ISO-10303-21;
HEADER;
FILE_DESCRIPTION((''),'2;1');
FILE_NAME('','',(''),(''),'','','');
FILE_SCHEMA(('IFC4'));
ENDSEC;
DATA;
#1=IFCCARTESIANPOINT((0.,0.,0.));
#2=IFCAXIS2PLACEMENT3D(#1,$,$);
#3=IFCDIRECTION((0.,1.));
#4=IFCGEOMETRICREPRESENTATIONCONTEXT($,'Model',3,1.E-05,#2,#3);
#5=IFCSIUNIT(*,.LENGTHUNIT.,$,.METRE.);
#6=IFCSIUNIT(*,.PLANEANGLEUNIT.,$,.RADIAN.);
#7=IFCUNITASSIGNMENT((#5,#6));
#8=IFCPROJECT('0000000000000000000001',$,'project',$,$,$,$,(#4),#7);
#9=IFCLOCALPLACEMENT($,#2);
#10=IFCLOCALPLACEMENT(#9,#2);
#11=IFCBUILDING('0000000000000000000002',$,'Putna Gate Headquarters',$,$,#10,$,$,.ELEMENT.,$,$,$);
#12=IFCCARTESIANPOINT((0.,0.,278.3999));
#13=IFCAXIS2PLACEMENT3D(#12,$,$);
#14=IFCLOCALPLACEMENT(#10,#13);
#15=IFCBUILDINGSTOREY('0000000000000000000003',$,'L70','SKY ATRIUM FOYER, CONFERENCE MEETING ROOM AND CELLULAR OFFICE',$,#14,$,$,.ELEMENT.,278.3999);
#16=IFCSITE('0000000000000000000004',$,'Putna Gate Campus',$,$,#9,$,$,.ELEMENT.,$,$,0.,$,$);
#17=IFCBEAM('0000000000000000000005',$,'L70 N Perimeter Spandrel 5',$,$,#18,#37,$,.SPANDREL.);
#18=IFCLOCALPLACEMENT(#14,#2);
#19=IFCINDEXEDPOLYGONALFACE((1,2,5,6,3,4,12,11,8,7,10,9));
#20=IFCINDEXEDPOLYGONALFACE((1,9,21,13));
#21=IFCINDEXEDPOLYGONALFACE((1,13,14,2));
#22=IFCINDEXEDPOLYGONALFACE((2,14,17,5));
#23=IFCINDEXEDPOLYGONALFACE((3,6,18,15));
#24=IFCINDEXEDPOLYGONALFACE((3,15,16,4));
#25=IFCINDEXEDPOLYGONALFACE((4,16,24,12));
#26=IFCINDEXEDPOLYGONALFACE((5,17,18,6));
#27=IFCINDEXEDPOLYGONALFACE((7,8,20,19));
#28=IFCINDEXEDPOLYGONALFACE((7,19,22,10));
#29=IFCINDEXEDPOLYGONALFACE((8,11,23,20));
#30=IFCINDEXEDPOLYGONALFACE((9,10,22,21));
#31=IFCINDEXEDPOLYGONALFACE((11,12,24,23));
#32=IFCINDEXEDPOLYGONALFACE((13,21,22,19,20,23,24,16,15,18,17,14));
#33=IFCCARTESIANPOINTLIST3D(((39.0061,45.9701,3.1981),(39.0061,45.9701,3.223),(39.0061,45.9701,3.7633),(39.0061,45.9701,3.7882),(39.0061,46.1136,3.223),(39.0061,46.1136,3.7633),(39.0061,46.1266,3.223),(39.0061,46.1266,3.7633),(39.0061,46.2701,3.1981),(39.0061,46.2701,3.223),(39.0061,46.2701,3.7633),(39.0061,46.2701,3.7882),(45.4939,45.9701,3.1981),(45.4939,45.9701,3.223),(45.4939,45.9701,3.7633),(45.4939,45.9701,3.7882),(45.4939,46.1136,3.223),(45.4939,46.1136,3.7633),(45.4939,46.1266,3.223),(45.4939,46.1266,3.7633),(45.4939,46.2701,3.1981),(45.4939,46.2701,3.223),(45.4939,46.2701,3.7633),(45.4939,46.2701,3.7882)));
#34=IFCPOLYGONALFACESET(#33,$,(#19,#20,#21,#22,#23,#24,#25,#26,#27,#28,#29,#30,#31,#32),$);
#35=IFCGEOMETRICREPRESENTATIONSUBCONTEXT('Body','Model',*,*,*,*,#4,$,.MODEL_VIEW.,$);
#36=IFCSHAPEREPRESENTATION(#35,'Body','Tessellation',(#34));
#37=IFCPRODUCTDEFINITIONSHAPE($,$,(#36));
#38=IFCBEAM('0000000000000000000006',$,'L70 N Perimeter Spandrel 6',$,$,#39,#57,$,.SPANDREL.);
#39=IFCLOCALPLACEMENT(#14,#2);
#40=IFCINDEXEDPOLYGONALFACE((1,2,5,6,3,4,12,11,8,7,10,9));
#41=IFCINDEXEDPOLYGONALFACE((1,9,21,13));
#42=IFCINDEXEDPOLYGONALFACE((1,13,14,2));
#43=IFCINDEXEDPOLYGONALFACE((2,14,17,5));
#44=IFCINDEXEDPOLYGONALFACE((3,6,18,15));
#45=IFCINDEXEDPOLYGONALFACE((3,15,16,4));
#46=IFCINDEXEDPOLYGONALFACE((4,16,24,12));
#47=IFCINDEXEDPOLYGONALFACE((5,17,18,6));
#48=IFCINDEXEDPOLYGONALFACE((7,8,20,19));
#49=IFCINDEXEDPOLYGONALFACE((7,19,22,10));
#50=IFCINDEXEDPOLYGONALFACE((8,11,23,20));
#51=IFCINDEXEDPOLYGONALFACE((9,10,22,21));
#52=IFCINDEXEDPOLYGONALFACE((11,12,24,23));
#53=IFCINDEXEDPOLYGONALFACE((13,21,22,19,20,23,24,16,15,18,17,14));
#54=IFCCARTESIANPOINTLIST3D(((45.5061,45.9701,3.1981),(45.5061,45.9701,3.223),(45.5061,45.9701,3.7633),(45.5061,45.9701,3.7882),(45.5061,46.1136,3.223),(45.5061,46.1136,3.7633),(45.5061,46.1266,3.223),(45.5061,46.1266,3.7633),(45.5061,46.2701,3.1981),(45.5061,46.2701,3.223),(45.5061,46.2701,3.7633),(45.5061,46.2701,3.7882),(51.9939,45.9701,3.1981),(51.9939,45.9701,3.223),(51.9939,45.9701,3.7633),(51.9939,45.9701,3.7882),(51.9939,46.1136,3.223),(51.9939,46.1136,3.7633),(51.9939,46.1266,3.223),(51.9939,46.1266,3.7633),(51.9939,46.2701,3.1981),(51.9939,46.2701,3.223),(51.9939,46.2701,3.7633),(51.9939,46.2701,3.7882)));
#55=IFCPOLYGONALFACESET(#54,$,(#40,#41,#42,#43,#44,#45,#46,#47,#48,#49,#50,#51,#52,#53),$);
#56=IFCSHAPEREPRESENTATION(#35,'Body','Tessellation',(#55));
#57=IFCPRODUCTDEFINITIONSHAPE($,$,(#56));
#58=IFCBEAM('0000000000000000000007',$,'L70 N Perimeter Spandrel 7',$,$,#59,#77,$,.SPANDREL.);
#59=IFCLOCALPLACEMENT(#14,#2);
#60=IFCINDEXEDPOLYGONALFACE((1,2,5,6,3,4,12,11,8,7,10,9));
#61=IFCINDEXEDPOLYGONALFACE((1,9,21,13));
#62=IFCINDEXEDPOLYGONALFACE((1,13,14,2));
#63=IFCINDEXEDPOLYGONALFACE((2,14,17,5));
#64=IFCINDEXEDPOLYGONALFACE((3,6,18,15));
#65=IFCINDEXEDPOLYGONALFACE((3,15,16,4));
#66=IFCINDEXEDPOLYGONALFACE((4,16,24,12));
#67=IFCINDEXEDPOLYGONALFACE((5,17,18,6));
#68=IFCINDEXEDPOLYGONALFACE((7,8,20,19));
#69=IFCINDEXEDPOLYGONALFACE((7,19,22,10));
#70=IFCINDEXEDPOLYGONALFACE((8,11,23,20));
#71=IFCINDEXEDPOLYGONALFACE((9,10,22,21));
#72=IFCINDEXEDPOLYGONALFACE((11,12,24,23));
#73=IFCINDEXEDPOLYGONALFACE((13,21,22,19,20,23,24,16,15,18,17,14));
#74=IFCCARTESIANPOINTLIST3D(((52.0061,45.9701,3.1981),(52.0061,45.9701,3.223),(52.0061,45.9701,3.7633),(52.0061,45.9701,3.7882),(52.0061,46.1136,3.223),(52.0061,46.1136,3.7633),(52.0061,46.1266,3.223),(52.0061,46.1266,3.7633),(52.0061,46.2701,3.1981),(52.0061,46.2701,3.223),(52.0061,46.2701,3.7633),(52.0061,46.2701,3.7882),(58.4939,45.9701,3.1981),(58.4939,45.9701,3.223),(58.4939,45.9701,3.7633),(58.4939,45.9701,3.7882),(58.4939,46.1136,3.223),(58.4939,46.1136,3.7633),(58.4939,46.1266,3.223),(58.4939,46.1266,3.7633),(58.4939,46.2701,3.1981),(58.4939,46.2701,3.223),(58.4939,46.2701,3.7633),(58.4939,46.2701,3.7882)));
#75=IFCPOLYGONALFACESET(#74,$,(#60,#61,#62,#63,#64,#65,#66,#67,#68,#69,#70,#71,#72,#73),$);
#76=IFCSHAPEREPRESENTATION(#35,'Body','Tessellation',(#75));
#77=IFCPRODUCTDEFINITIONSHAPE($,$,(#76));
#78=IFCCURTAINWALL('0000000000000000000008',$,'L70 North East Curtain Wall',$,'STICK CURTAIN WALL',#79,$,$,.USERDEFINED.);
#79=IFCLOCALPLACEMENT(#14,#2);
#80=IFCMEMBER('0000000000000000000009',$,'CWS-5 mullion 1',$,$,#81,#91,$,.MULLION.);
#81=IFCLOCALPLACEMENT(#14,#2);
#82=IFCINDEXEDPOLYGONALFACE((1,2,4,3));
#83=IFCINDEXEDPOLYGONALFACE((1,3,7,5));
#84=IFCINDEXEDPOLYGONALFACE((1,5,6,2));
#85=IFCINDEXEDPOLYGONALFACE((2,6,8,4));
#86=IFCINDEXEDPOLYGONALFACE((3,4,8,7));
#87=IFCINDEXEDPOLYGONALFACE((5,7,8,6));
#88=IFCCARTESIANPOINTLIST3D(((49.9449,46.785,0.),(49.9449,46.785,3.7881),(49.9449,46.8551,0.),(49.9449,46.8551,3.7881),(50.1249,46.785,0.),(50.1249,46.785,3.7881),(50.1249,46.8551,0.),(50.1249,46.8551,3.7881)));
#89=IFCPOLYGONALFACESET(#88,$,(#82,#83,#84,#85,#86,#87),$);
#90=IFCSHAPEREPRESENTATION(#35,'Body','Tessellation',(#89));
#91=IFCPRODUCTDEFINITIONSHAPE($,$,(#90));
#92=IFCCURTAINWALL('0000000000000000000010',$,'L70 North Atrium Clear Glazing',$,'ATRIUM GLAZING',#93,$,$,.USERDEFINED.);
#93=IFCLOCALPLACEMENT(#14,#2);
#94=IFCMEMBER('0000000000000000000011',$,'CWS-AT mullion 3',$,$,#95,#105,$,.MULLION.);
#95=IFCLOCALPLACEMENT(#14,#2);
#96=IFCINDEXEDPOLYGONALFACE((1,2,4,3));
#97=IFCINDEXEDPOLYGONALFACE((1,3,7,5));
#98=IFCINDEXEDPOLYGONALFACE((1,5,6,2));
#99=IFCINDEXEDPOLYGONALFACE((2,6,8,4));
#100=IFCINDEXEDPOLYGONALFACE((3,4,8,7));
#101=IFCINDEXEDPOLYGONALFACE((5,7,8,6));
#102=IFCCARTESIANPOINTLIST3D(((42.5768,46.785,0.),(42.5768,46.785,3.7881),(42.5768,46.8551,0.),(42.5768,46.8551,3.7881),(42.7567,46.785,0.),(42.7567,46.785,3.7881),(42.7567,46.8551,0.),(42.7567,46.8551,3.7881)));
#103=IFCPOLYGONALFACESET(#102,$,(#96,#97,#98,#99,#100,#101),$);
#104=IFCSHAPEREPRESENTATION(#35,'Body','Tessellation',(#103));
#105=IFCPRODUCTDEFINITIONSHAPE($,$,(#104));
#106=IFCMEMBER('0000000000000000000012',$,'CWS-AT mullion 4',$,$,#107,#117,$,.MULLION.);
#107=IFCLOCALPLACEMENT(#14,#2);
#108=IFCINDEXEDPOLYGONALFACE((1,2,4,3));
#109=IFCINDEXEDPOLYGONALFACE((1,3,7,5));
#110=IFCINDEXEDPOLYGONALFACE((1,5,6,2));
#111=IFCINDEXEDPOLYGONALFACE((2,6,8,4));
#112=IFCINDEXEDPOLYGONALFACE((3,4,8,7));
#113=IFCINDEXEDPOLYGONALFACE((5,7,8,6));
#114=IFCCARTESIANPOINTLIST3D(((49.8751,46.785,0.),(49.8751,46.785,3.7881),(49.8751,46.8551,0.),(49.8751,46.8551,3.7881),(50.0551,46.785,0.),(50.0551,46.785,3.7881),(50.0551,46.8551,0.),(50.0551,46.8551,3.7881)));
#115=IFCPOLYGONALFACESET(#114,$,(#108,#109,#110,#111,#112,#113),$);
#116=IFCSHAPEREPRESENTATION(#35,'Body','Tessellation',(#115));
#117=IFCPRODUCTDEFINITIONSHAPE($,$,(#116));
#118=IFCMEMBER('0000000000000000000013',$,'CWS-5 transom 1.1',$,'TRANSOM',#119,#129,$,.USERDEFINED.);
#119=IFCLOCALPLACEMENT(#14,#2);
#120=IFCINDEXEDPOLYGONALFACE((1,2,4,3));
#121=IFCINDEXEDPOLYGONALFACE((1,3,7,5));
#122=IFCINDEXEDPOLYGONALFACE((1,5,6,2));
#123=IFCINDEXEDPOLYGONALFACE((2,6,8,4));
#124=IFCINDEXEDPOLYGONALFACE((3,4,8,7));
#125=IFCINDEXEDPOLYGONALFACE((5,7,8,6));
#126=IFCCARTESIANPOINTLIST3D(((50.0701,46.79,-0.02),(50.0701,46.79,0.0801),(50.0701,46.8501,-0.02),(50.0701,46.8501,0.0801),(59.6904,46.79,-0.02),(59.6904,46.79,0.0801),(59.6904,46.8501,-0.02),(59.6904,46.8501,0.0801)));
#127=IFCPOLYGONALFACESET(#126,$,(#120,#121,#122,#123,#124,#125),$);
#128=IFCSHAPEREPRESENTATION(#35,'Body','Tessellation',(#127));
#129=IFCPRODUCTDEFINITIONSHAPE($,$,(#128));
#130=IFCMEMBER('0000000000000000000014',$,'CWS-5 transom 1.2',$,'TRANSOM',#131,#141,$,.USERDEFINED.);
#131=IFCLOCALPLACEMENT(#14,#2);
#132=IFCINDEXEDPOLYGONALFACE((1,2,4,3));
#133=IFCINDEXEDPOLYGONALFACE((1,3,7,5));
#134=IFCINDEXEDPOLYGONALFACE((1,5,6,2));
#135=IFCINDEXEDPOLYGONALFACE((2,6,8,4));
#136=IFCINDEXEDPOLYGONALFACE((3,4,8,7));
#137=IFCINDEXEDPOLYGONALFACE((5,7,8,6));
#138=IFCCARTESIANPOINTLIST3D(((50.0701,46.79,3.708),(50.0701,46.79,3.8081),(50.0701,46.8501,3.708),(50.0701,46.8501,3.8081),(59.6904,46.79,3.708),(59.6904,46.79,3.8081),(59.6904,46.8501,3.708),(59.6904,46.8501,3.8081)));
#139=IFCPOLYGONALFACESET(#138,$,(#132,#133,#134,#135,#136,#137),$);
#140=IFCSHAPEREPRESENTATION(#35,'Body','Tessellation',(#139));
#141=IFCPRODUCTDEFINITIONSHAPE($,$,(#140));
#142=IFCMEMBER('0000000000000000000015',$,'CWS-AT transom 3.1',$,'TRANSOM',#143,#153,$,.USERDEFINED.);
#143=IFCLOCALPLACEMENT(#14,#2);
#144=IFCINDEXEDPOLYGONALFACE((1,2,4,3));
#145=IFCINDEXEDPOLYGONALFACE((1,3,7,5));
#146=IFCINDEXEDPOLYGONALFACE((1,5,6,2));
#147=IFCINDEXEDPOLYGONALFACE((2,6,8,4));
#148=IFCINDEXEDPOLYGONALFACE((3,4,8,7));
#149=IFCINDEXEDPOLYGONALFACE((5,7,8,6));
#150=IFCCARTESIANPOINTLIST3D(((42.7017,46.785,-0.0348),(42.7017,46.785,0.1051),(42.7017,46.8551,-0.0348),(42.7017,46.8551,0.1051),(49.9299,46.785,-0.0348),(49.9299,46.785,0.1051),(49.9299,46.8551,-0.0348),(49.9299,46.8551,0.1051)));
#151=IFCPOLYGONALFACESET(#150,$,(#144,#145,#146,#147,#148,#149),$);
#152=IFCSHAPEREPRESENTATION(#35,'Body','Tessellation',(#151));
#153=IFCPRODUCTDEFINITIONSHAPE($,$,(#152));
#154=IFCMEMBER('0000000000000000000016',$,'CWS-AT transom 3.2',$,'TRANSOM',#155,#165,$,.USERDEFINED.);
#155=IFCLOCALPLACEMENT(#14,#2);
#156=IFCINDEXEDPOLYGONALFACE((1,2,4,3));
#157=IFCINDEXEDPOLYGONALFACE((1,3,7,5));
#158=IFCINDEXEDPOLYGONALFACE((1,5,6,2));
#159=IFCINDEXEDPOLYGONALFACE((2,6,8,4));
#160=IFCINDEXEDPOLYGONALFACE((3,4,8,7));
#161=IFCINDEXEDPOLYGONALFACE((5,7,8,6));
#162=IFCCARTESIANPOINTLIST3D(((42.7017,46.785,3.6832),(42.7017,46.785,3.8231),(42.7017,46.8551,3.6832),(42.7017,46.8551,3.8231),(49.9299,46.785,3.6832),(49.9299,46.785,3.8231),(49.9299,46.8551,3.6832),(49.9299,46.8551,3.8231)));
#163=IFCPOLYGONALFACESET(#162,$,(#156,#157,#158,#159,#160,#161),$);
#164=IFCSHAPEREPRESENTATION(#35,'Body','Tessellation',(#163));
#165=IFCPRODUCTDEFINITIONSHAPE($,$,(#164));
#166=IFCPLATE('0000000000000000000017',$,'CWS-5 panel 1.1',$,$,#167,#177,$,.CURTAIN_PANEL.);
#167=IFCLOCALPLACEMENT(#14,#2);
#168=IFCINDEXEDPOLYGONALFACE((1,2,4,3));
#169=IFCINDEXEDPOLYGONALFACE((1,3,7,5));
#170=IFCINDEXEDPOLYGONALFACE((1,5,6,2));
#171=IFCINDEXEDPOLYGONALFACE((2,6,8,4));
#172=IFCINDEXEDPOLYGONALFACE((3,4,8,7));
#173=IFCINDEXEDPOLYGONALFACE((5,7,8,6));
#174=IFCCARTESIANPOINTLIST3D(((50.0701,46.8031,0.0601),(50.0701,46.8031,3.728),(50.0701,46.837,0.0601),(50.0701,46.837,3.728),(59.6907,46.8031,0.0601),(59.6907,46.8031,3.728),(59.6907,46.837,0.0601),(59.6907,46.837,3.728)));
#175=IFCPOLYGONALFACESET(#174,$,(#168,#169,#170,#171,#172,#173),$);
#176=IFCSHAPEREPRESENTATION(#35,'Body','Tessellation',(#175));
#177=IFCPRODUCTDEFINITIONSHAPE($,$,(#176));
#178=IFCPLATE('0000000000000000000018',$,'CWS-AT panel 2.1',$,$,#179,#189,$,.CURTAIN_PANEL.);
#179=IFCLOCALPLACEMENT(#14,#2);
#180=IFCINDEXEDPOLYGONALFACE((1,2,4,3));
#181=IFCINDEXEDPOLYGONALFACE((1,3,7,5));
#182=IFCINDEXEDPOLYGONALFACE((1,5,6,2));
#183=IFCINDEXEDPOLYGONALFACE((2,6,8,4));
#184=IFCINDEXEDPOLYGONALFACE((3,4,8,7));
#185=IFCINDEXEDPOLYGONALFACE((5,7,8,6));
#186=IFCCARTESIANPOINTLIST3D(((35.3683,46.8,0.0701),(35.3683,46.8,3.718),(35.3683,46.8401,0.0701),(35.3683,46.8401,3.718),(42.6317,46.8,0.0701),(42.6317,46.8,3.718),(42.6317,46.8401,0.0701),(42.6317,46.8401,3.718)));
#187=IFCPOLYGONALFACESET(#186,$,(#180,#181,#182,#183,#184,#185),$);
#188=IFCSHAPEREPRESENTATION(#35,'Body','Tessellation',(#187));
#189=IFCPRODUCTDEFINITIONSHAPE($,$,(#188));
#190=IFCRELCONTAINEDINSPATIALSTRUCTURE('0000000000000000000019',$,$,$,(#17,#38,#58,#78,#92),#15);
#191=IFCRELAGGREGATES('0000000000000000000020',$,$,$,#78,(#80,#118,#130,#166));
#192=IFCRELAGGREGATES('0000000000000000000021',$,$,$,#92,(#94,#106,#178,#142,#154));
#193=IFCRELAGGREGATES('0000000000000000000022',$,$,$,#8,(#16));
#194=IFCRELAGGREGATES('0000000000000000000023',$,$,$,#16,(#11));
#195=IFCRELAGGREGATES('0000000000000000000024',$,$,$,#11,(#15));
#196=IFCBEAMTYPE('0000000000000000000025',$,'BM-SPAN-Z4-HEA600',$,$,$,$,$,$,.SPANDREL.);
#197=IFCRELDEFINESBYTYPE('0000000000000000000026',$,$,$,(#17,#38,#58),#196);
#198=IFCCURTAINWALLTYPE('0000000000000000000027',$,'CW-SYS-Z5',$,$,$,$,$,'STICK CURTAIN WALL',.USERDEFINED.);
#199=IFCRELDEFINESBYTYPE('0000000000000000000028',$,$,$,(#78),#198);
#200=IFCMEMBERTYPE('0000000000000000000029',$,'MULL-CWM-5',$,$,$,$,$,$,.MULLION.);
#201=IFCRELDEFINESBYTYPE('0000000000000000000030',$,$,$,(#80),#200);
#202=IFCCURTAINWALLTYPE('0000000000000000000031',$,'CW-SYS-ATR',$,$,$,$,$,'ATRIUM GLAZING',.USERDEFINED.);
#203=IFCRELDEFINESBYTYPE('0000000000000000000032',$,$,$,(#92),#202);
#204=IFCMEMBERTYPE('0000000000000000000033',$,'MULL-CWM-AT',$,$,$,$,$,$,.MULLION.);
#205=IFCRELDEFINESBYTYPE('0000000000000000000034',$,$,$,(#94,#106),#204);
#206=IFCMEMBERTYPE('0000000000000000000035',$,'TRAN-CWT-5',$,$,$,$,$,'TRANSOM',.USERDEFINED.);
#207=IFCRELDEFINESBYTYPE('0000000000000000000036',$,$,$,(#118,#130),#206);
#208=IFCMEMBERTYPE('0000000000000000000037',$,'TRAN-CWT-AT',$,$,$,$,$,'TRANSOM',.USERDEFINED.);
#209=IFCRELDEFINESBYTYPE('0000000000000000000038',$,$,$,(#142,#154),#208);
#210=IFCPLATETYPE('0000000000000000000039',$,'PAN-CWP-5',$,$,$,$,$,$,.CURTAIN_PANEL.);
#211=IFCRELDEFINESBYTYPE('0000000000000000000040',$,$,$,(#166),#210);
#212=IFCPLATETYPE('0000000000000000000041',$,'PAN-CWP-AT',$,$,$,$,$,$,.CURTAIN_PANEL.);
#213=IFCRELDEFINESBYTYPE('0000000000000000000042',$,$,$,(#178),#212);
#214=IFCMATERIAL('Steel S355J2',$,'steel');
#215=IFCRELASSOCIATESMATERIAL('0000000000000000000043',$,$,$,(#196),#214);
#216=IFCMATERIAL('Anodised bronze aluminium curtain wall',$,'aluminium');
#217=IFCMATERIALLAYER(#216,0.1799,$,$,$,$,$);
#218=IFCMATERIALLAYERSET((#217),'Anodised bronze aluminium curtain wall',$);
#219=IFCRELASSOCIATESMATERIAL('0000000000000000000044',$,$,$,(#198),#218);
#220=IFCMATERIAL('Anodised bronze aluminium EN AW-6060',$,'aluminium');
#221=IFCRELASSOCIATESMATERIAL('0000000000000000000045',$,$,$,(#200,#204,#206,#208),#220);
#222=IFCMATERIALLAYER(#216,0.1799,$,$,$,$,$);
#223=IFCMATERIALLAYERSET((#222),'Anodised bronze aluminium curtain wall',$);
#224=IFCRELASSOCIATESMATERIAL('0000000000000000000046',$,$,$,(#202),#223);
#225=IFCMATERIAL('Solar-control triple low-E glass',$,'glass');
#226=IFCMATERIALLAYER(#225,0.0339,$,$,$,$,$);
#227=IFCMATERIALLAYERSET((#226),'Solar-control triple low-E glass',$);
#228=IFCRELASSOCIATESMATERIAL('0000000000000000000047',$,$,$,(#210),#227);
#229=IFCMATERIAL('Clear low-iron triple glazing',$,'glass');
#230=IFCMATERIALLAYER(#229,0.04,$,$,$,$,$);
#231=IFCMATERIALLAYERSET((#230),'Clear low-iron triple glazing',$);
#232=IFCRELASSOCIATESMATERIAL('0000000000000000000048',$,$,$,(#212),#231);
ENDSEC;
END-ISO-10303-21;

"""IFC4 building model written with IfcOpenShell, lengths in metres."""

from ifc_helpers import new_model, si_unit, direction, frame, origin, origin_2d, place, context, subcontext, project, spatial, rectangle, i_section, extrude, material, layer, layer_set, material_profile, profile_set, type_object, element, aggregate, save


model = new_model("IFC4")

# Units and contexts
model_context = context("Model", 3, precision=1e-05, world=origin(), true_north=direction((0.0, 1.0)))
body_context = subcontext(model_context, "Body", "Model", "MODEL_VIEW")
ifc_project = project(units=[si_unit("LENGTHUNIT", "METRE"), si_unit("PLANEANGLEUNIT", "RADIAN")], contexts=[model_context])

# Site, building, storey
site_placement = place(None, origin())
site = spatial("IfcSite", under=ifc_project, at=site_placement, Name="Putna Gate Campus", CompositionType="ELEMENT", RefElevation=0.0)
building_placement = place(site_placement, origin())
building = spatial("IfcBuilding", under=site, at=building_placement, Name="Putna Gate Headquarters", CompositionType="ELEMENT")
storey_placement = place(building_placement, frame((0.0, 0.0, 278.3999)))
storey = spatial("IfcBuildingStorey", under=building, at=storey_placement, Name="L70", Description="SKY ATRIUM FOYER, CONFERENCE MEETING ROOM AND CELLULAR OFFICE", CompositionType="ELEMENT", Elevation=278.3999)

# Beams
ifc_material_1 = material(Name="Steel S355J2", Category="steel")
ifc_material_profile_1 = material_profile(ifc_material_1, i_section(OverallWidth=0.3, OverallDepth=0.5901, WebThickness=0.0129, FlangeThickness=0.0249, at=origin_2d()), Name="Steel S355J2")
ifc_profile_set_1 = profile_set([ifc_material_profile_1], Name="Steel S355J2")
beam_type_1 = type_object("IfcBeamType", Name="BM-SPAN-Z4-HEA600", PredefinedType="SPANDREL", material=ifc_profile_set_1)
for number, where, z_axis, x_axis, name in (
    (1, (39.0061, 46.1201, 3.4932), (1.0, 0.0, 0.0), (0.0, 1.0, 0.0), "L70 N Perimeter Spandrel 5"),
    (2, (45.5061, 46.1201, 3.4932), (1.0, 0.0, 0.0), (0.0, 1.0, 0.0), "L70 N Perimeter Spandrel 6"),
    (3, (52.0061, 46.1201, 3.4932), (1.0, 0.0, 0.0), (0.0, 1.0, 0.0), "L70 N Perimeter Spandrel 7"),
):
    element("IfcBeam", number, at=place(storey_placement, frame(where, z_axis=z_axis, x_axis=x_axis)), inside=storey, type_object=beam_type_1, Name=name, PredefinedType="SPANDREL", context=body_context, shape_type="SweptSolid", body=[
        extrude(i_section(OverallWidth=0.3, OverallDepth=0.5901, WebThickness=0.0129, FlangeThickness=0.0249, at=origin_2d()), origin(), (0.0, 0.0, 1.0), 6.4878),
    ])

# Curtain wall, member
ifc_material_2 = material(Name="Anodised bronze aluminium curtain wall", Category="aluminium")
ifc_layer_1 = layer(ifc_material_2, 0.1799)
ifc_layer_set_1 = layer_set([ifc_layer_1], Name="Anodised bronze aluminium curtain wall")
curtain_wall_type_1 = type_object("IfcCurtainWallType", Name="CW-SYS-Z5", ElementType="STICK CURTAIN WALL", PredefinedType="USERDEFINED", material=ifc_layer_set_1)
curtain_wall_1_placement = place(storey_placement, origin())
curtain_wall_1 = element("IfcCurtainWall", 4, at=curtain_wall_1_placement, inside=storey, type_object=curtain_wall_type_1, Name="L70 North East Curtain Wall", ObjectType="STICK CURTAIN WALL", PredefinedType="USERDEFINED")
ifc_material_3 = material(Name="Anodised bronze aluminium EN AW-6060", Category="aluminium")
ifc_material_profile_2 = material_profile(ifc_material_3, rectangle(XDim=0.0701, YDim=0.1799, at=origin_2d()), Name="Anodised bronze aluminium EN AW-6060")
ifc_profile_set_2 = profile_set([ifc_material_profile_2], Name="Anodised bronze aluminium EN AW-6060")
member_type_1 = type_object("IfcMemberType", Name="MULL-CWM-5", PredefinedType="MULLION", material=ifc_profile_set_2)
member_1_placement = place(storey_placement, frame((50.0349, 46.8201, 0.0), z_axis=(0.0, 0.0, 1.0), x_axis=(0.0, 1.0, 0.0)))
member_1 = element("IfcMember", 5, at=member_1_placement, type_object=member_type_1, Name="CWS-5 mullion 1", PredefinedType="MULLION", context=body_context, shape_type="SweptSolid", body=[
    extrude(rectangle(XDim=0.0701, YDim=0.1799, at=origin_2d()), origin(), (0.0, 0.0, 1.0), 3.7881),
])

# Curtain wall, members
ifc_layer_2 = layer(ifc_material_2, 0.1799)
ifc_layer_set_2 = layer_set([ifc_layer_2], Name="Anodised bronze aluminium curtain wall")
curtain_wall_type_2 = type_object("IfcCurtainWallType", Name="CW-SYS-ATR", ElementType="ATRIUM GLAZING", PredefinedType="USERDEFINED", material=ifc_layer_set_2)
curtain_wall_2_placement = place(storey_placement, origin())
curtain_wall_2 = element("IfcCurtainWall", 6, at=curtain_wall_2_placement, inside=storey, type_object=curtain_wall_type_2, Name="L70 North Atrium Clear Glazing", ObjectType="ATRIUM GLAZING", PredefinedType="USERDEFINED")
ifc_material_profile_3 = material_profile(ifc_material_3, rectangle(XDim=0.0701, YDim=0.1799, at=origin_2d()), Name="Anodised bronze aluminium EN AW-6060")
ifc_profile_set_3 = profile_set([ifc_material_profile_3], Name="Anodised bronze aluminium EN AW-6060")
member_type_2 = type_object("IfcMemberType", Name="MULL-CWM-AT", PredefinedType="MULLION", material=ifc_profile_set_3)
member_2_placement = place(storey_placement, frame((42.6667, 46.8201, 0.0), z_axis=(0.0, 0.0, 1.0), x_axis=(0.0, 1.0, 0.0)))
member_2 = element("IfcMember", 7, at=member_2_placement, type_object=member_type_2, Name="CWS-AT mullion 3", PredefinedType="MULLION", context=body_context, shape_type="SweptSolid", body=[
    extrude(rectangle(XDim=0.0701, YDim=0.1799, at=origin_2d()), origin(), (0.0, 0.0, 1.0), 3.7881),
])
member_3_placement = place(storey_placement, frame((49.9651, 46.8201, 0.0), z_axis=(0.0, 0.0, 1.0), x_axis=(0.0, 1.0, 0.0)))
member_3 = element("IfcMember", 8, at=member_3_placement, type_object=member_type_2, Name="CWS-AT mullion 4", PredefinedType="MULLION", context=body_context, shape_type="SweptSolid", body=[
    extrude(rectangle(XDim=0.0701, YDim=0.1799, at=origin_2d()), origin(), (0.0, 0.0, 1.0), 3.7881),
])

# Members
ifc_material_profile_4 = material_profile(ifc_material_3, rectangle(XDim=0.0601, YDim=0.1001, at=origin_2d()), Name="Anodised bronze aluminium EN AW-6060")
ifc_profile_set_4 = profile_set([ifc_material_profile_4], Name="Anodised bronze aluminium EN AW-6060")
member_type_3 = type_object("IfcMemberType", Name="TRAN-CWT-5", ElementType="TRANSOM", PredefinedType="USERDEFINED", material=ifc_profile_set_4)
member_4_placement = place(storey_placement, frame((50.0701, 46.8201, 0.03), z_axis=(1.0, 0.0, 0.0), x_axis=(0.0, 1.0, 0.0)))
member_4 = element("IfcMember", 9, at=member_4_placement, type_object=member_type_3, Name="CWS-5 transom 1.1", ObjectType="TRANSOM", PredefinedType="USERDEFINED", context=body_context, shape_type="SweptSolid", body=[
    extrude(rectangle(XDim=0.0601, YDim=0.1001, at=origin_2d()), origin(), (0.0, 0.0, 1.0), 9.6204),
])
member_5_placement = place(storey_placement, frame((50.0701, 46.8201, 3.7581), z_axis=(1.0, 0.0, 0.0), x_axis=(0.0, 1.0, 0.0)))
member_5 = element("IfcMember", 10, at=member_5_placement, type_object=member_type_3, Name="CWS-5 transom 1.2", ObjectType="TRANSOM", PredefinedType="USERDEFINED", context=body_context, shape_type="SweptSolid", body=[
    extrude(rectangle(XDim=0.0601, YDim=0.1001, at=origin_2d()), origin(), (0.0, 0.0, 1.0), 9.6204),
])
ifc_material_profile_5 = material_profile(ifc_material_3, rectangle(XDim=0.0701, YDim=0.1399, at=origin_2d()), Name="Anodised bronze aluminium EN AW-6060")
ifc_profile_set_5 = profile_set([ifc_material_profile_5], Name="Anodised bronze aluminium EN AW-6060")
member_type_4 = type_object("IfcMemberType", Name="TRAN-CWT-AT", ElementType="TRANSOM", PredefinedType="USERDEFINED", material=ifc_profile_set_5)
member_6_placement = place(storey_placement, frame((42.7017, 46.8201, 0.0352), z_axis=(1.0, 0.0, 0.0), x_axis=(0.0, 1.0, 0.0)))
member_6 = element("IfcMember", 11, at=member_6_placement, type_object=member_type_4, Name="CWS-AT transom 3.1", ObjectType="TRANSOM", PredefinedType="USERDEFINED", context=body_context, shape_type="SweptSolid", body=[
    extrude(rectangle(XDim=0.0701, YDim=0.1399, at=origin_2d()), origin(), (0.0, 0.0, 1.0), 7.2283),
])
member_7_placement = place(storey_placement, frame((42.7017, 46.8201, 3.7532), z_axis=(1.0, 0.0, 0.0), x_axis=(0.0, 1.0, 0.0)))
member_7 = element("IfcMember", 12, at=member_7_placement, type_object=member_type_4, Name="CWS-AT transom 3.2", ObjectType="TRANSOM", PredefinedType="USERDEFINED", context=body_context, shape_type="SweptSolid", body=[
    extrude(rectangle(XDim=0.0701, YDim=0.1399, at=origin_2d()), origin(), (0.0, 0.0, 1.0), 7.2283),
])

# Plates
ifc_material_4 = material(Name="Solar-control triple low-E glass", Category="glass")
ifc_layer_3 = layer(ifc_material_4, 0.0339)
ifc_layer_set_3 = layer_set([ifc_layer_3], Name="Solar-control triple low-E glass")
plate_type_1 = type_object("IfcPlateType", Name="PAN-CWP-5", PredefinedType="CURTAIN_PANEL", material=ifc_layer_set_3)
plate_1_placement = place(storey_placement, frame((54.8804, 46.8201, 0.0601), z_axis=(0.0, 0.0, 1.0), x_axis=(1.0, 0.0, 0.0)))
plate_1 = element("IfcPlate", 13, at=plate_1_placement, type_object=plate_type_1, Name="CWS-5 panel 1.1", PredefinedType="CURTAIN_PANEL", context=body_context, shape_type="SweptSolid", body=[
    extrude(rectangle(XDim=9.6206, YDim=0.0339, at=origin_2d()), origin(), (0.0, 0.0, 1.0), 3.668),
])
aggregate(curtain_wall_1, [member_1, member_4, member_5, plate_1])
ifc_material_5 = material(Name="Clear low-iron triple glazing", Category="glass")
ifc_layer_4 = layer(ifc_material_5, 0.04)
ifc_layer_set_4 = layer_set([ifc_layer_4], Name="Clear low-iron triple glazing")
plate_type_2 = type_object("IfcPlateType", Name="PAN-CWP-AT", PredefinedType="CURTAIN_PANEL", material=ifc_layer_set_4)
plate_2_placement = place(storey_placement, frame((39.0, 46.8201, 0.0701), z_axis=(0.0, 0.0, 1.0), x_axis=(1.0, 0.0, 0.0)))
plate_2 = element("IfcPlate", 14, at=plate_2_placement, type_object=plate_type_2, Name="CWS-AT panel 2.1", PredefinedType="CURTAIN_PANEL", context=body_context, shape_type="SweptSolid", body=[
    extrude(rectangle(XDim=7.2634, YDim=0.04, at=origin_2d()), origin(), (0.0, 0.0, 1.0), 3.6479),
])
aggregate(curtain_wall_2, [member_2, member_3, plate_2, member_6, member_7])

save(model, "model.ifc")
